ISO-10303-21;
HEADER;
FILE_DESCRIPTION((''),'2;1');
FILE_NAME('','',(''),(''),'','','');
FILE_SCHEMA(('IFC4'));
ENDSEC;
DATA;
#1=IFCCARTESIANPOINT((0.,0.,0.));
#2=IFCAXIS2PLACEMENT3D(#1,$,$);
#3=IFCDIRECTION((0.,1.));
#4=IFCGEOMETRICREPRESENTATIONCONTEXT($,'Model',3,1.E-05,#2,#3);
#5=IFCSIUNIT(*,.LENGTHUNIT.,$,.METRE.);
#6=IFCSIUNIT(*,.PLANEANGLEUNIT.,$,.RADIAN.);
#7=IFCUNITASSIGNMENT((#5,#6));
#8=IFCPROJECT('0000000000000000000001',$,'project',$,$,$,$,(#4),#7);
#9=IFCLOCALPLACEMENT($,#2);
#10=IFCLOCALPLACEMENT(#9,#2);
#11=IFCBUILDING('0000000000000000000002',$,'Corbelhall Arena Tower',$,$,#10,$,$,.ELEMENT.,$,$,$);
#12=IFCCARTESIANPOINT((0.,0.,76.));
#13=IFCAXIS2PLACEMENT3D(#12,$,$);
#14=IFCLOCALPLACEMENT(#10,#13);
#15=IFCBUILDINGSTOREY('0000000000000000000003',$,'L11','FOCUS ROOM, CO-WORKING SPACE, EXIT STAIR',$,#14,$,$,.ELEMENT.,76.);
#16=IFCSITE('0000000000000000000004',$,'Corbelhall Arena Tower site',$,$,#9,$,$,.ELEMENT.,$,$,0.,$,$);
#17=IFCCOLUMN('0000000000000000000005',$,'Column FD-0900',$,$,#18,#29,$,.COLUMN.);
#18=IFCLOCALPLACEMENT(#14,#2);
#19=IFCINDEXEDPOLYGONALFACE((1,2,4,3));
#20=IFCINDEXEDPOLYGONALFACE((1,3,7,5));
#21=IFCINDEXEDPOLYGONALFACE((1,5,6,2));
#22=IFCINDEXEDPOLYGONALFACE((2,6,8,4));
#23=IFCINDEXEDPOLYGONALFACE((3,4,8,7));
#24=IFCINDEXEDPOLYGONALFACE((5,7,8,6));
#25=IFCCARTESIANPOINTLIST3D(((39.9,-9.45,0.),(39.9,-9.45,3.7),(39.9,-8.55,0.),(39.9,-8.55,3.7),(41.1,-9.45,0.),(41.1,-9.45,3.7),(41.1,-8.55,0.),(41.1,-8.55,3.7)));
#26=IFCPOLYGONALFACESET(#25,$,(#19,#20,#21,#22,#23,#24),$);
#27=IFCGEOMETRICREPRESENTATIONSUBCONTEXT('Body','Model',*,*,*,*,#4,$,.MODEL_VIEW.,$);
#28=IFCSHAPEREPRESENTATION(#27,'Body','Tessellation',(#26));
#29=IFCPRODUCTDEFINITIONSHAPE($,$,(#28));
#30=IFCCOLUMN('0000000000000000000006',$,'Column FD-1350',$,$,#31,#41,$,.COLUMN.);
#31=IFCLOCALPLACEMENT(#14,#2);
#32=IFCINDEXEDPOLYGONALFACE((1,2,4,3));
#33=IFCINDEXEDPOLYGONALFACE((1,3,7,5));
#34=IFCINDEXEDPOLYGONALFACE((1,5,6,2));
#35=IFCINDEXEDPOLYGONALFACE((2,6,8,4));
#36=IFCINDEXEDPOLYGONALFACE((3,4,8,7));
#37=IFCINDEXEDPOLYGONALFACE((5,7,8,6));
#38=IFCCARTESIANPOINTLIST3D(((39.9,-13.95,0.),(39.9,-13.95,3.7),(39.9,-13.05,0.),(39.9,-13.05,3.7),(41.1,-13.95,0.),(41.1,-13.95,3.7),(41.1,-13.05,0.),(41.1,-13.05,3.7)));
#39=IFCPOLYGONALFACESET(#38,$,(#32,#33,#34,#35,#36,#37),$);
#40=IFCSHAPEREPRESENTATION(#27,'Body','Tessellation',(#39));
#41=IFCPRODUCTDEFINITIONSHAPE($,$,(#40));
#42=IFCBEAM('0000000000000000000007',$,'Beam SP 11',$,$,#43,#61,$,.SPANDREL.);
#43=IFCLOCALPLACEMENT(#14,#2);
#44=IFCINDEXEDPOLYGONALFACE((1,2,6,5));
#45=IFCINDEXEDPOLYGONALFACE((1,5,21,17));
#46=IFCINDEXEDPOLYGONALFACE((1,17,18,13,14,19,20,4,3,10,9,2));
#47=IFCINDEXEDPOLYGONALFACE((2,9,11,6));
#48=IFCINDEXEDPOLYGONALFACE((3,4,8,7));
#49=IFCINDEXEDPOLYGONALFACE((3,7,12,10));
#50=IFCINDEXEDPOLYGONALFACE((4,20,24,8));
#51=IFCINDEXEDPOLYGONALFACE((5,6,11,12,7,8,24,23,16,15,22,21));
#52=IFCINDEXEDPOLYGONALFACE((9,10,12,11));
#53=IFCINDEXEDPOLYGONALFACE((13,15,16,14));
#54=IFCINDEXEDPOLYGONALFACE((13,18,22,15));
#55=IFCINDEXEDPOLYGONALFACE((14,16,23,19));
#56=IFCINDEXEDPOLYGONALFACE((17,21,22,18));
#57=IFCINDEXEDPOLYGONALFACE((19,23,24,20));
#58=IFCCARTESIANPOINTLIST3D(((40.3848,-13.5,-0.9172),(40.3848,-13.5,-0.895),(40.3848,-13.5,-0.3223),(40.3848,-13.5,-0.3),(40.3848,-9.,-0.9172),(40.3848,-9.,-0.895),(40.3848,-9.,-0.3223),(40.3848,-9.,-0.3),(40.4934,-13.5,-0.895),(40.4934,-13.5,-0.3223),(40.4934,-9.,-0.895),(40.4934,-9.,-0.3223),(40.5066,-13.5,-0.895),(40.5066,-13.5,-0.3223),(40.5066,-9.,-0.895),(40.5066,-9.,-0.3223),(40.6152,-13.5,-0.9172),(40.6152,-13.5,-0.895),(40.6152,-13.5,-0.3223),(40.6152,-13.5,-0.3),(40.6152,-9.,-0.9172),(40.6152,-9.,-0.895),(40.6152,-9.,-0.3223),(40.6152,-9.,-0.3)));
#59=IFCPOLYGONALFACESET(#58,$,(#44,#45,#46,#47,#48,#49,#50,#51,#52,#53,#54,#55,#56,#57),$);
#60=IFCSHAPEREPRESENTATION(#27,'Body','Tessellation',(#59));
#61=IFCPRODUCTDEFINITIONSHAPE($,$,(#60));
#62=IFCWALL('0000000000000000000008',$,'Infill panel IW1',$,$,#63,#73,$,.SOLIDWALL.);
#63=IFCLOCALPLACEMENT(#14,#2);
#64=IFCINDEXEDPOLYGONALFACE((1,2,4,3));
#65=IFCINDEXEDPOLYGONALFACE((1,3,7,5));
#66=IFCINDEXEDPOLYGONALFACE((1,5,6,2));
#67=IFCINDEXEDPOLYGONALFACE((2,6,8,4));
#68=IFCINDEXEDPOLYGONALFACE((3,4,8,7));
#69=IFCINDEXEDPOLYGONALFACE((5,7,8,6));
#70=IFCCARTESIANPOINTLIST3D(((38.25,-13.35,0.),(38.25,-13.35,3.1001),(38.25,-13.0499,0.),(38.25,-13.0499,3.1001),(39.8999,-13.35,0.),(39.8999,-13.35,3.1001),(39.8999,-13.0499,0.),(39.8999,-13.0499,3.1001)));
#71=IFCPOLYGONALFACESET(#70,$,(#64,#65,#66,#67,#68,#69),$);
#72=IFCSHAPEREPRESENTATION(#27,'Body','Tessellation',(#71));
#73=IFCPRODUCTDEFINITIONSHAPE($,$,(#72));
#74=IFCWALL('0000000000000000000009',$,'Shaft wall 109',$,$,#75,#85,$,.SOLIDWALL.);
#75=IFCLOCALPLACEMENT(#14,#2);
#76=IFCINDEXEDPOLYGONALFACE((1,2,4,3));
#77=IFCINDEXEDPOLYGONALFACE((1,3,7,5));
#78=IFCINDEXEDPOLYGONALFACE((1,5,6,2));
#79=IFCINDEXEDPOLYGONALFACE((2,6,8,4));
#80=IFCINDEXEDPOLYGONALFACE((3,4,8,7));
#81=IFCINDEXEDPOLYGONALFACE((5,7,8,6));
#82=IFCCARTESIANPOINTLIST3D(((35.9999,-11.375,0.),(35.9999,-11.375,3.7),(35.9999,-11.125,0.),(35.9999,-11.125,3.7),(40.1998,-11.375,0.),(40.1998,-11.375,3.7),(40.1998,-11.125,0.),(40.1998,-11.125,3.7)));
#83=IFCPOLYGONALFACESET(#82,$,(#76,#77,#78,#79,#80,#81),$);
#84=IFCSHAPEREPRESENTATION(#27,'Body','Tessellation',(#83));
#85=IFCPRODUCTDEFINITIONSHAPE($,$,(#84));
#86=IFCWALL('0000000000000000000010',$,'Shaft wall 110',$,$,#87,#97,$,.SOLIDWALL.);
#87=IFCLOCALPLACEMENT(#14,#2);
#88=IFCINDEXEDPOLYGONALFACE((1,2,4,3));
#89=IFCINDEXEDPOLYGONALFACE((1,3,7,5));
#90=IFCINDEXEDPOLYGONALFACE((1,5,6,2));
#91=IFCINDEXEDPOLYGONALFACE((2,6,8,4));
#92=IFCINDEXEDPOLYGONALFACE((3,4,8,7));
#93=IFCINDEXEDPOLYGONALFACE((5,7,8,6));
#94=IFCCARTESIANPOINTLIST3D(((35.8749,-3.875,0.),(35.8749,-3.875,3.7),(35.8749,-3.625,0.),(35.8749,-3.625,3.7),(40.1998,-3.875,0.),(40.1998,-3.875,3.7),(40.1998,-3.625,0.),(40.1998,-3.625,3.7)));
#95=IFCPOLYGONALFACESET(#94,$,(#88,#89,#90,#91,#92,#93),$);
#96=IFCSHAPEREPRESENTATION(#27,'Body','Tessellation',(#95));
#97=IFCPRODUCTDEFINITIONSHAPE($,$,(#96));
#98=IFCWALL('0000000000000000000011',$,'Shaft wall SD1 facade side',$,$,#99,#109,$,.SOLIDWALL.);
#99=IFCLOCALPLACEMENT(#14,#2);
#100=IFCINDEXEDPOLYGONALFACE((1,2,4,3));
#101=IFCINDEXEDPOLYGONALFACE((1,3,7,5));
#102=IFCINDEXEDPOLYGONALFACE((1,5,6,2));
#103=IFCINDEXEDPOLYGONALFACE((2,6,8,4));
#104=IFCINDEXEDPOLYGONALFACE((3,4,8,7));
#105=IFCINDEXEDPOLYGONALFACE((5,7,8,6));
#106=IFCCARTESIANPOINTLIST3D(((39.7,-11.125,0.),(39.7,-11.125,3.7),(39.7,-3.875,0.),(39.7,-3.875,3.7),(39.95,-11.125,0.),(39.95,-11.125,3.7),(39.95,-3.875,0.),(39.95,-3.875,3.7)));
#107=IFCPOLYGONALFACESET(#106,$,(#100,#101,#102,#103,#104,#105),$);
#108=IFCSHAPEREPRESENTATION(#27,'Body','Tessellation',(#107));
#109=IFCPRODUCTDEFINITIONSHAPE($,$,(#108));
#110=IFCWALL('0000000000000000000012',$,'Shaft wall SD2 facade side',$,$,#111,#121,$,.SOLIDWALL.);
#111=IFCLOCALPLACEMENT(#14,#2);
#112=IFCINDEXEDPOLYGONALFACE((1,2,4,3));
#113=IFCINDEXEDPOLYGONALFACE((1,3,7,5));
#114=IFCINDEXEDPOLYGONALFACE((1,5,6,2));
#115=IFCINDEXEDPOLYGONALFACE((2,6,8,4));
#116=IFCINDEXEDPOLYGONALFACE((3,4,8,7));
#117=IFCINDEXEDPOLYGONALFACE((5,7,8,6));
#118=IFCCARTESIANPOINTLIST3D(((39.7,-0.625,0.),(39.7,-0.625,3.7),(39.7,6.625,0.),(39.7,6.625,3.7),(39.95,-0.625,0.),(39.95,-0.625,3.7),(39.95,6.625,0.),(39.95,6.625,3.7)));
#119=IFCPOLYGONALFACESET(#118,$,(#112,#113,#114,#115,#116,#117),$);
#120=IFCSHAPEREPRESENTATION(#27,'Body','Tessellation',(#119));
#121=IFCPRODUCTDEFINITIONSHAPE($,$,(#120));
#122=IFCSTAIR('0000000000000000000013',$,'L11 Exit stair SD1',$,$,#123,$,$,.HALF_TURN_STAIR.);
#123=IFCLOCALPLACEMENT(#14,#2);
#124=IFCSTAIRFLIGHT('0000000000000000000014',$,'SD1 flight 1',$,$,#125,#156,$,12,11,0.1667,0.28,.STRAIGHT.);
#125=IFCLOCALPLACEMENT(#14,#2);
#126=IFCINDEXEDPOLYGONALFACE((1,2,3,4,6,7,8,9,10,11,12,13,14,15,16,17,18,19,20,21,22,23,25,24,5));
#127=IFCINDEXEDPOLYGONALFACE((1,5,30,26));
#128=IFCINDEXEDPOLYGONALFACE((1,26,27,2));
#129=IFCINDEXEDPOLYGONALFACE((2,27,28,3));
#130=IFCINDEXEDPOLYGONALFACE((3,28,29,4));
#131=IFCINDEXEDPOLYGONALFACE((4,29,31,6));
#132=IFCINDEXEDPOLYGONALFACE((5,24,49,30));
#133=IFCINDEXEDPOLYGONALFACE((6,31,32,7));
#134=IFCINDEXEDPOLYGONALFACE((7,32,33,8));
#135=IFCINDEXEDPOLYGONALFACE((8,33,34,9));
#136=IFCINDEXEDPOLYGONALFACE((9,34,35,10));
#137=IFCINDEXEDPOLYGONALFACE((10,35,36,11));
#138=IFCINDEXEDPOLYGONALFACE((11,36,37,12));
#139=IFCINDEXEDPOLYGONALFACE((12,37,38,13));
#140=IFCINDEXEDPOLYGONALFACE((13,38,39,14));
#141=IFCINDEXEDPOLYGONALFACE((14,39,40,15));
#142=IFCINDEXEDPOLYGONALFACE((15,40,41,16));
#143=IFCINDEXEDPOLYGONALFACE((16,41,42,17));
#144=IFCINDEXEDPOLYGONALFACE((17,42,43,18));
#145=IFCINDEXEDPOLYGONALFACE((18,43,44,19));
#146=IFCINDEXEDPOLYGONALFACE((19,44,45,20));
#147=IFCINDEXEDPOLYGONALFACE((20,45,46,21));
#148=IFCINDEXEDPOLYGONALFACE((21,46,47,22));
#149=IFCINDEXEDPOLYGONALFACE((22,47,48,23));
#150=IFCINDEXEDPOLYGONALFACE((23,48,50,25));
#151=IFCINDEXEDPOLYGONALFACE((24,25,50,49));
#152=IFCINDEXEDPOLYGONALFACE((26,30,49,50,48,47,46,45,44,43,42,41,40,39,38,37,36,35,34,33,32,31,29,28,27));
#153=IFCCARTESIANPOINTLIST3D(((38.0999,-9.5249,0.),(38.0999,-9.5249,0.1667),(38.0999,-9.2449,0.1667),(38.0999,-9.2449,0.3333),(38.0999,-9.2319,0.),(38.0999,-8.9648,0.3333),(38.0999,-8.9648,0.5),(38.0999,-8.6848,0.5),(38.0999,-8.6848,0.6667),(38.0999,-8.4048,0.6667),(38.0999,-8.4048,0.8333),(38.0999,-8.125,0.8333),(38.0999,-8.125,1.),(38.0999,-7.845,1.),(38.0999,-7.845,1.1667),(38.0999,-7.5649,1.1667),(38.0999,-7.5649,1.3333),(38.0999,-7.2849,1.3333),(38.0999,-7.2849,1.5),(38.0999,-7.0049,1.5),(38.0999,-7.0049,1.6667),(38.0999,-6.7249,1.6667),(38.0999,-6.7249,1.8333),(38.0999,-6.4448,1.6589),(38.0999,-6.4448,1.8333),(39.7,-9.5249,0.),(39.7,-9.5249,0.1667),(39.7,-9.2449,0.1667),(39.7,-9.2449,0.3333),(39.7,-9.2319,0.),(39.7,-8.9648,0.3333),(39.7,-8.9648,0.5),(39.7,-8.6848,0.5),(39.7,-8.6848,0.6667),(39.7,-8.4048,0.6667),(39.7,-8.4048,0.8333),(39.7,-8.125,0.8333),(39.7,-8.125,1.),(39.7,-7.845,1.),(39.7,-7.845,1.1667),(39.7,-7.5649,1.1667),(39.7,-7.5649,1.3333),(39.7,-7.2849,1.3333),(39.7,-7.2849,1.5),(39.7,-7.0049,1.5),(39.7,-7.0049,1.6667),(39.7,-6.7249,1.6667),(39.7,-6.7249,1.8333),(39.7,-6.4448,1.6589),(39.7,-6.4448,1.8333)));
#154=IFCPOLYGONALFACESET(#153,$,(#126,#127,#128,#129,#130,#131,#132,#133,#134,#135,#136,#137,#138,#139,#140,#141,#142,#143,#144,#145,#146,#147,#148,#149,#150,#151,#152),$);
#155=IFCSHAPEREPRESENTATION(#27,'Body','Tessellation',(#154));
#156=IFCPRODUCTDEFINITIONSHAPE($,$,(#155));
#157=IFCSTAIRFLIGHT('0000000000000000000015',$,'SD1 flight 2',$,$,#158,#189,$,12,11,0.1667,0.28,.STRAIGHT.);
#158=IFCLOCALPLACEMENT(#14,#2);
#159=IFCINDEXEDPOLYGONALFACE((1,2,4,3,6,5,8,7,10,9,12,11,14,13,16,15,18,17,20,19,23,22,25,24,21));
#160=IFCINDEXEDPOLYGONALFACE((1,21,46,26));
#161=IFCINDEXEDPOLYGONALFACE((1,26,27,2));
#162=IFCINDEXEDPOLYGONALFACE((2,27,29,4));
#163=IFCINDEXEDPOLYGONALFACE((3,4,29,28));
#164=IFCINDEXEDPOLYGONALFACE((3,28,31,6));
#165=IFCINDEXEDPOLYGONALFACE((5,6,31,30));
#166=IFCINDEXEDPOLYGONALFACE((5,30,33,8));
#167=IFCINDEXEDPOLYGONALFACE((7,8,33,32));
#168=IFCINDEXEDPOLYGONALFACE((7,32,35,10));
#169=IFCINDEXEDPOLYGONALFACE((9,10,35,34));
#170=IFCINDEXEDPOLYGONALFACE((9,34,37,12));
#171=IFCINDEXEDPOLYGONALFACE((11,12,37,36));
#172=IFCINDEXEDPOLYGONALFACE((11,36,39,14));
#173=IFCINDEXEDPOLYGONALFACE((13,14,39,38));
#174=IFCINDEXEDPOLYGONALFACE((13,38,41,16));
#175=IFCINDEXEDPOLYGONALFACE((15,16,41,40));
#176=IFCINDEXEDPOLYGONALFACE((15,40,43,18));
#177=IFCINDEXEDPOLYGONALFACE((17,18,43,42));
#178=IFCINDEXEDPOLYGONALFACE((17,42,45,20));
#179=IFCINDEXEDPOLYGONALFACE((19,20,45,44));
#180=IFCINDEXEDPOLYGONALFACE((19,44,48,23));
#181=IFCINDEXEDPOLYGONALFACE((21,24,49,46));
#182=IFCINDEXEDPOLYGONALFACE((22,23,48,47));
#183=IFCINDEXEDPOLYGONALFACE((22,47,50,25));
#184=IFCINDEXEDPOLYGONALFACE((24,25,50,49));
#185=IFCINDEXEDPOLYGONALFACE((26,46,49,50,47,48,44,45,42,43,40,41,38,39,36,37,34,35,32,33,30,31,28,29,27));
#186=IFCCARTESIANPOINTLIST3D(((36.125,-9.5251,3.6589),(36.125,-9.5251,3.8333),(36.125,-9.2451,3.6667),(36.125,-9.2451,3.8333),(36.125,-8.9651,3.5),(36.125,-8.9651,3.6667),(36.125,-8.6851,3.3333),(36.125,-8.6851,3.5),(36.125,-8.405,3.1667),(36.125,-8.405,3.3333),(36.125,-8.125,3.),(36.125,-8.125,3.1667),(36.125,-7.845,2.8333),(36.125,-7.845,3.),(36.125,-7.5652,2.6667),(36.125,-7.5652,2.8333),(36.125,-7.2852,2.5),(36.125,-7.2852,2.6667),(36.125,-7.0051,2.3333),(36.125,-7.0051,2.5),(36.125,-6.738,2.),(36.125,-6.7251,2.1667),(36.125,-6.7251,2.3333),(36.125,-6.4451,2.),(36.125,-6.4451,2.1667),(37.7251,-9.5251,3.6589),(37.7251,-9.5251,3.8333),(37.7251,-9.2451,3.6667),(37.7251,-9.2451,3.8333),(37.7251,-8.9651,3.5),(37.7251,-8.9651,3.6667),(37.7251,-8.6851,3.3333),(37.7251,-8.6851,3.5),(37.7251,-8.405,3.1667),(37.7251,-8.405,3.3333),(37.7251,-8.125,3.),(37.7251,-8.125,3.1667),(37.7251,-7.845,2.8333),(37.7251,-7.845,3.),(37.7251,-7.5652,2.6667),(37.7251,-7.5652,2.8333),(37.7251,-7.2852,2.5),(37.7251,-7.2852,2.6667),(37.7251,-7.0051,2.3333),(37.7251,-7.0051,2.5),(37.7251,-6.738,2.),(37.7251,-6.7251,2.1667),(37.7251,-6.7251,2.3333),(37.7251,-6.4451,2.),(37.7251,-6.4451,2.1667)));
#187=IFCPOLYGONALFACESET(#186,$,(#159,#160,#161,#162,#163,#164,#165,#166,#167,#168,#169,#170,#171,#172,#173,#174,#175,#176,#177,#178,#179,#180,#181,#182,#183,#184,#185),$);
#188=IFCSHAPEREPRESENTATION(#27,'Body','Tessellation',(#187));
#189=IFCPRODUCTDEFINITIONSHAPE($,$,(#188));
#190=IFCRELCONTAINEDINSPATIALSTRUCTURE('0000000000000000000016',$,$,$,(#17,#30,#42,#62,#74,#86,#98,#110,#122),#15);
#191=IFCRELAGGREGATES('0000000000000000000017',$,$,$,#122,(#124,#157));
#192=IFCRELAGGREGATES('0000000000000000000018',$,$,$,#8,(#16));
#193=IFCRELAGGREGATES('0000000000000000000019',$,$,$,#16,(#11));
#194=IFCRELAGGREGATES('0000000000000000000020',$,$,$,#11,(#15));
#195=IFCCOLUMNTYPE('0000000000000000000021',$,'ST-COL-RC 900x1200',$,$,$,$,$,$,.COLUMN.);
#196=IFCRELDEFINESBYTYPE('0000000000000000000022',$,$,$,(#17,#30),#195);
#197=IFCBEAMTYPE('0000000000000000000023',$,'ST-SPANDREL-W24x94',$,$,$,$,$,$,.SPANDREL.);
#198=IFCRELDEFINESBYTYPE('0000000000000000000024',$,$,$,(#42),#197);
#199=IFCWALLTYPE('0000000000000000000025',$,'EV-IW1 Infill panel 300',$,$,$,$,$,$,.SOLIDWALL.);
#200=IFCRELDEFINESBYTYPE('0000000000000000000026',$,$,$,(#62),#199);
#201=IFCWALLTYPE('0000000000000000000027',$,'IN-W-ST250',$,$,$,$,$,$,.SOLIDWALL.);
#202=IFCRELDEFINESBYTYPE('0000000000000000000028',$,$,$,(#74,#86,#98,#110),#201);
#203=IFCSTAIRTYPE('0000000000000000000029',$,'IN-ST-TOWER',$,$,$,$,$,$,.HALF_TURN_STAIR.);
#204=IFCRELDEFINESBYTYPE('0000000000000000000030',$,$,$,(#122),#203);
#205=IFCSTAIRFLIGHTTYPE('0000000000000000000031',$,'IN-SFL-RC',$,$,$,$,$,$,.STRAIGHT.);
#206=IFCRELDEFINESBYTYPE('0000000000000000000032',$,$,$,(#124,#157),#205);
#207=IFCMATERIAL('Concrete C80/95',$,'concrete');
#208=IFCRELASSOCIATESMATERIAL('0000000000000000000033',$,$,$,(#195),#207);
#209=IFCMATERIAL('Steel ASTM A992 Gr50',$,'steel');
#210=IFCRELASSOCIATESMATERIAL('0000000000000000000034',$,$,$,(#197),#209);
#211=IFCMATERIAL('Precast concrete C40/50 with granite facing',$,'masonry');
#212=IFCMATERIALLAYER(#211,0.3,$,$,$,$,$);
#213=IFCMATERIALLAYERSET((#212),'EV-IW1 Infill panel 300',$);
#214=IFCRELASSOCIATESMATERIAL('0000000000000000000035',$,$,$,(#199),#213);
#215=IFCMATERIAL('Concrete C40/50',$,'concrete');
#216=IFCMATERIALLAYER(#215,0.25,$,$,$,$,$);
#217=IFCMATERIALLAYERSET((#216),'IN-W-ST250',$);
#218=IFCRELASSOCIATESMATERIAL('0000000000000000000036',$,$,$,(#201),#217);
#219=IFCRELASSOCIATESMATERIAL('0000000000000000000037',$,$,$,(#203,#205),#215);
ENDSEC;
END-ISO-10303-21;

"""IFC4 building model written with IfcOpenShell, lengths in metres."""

from ifc_helpers import new_model, si_unit, direction, frame, frame_2d, origin, origin_2d, place, context, subcontext, project, spatial, polyline, rectangle, i_section, outline, extrude, material, layer, layer_set, material_profile, profile_set, type_object, element, aggregate, save


model = new_model("IFC4")

# Units and contexts
model_context = context("Model", 3, precision=1e-05, world=origin(), true_north=direction((0.0, 1.0)))
body_context = subcontext(model_context, "Body", "Model", "MODEL_VIEW")
ifc_project = project(units=[si_unit("LENGTHUNIT", "METRE"), si_unit("PLANEANGLEUNIT", "RADIAN")], contexts=[model_context])

# Site, building, storey
site_placement = place(None, origin())
site = spatial("IfcSite", under=ifc_project, at=site_placement, Name="Corbelhall Arena Tower site", CompositionType="ELEMENT", RefElevation=0.0)
building_placement = place(site_placement, origin())
building = spatial("IfcBuilding", under=site, at=building_placement, Name="Corbelhall Arena Tower", CompositionType="ELEMENT")
storey_placement = place(building_placement, frame((0.0, 0.0, 76.0)))
storey = spatial("IfcBuildingStorey", under=building, at=storey_placement, Name="L11", Description="FOCUS ROOM, CO-WORKING SPACE, EXIT STAIR", CompositionType="ELEMENT", Elevation=76.0)

# Columns
ifc_material_1 = material(Name="Concrete C80/95", Category="concrete")
ifc_material_profile_1 = material_profile(ifc_material_1, rectangle(XDim=0.8999, YDim=1.2, at=origin_2d()))
ifc_profile_set_1 = profile_set([ifc_material_profile_1], Name="Concrete C80/95")
column_type = type_object("IfcColumnType", Name="ST-COL-RC 900x1200", PredefinedType="COLUMN", material=ifc_profile_set_1)
for number, where, z_axis, x_axis, name in (
    (1, (40.5, -9.0, 0.0), (0.0, 0.0, 1.0), (0.0, 1.0, 0.0), "Column FD-0900"),
    (2, (40.5, -13.5, 0.0), (0.0, 0.0, 1.0), (0.0, 1.0, 0.0), "Column FD-1350"),
):
    element("IfcColumn", number, at=place(storey_placement, frame(where, z_axis=z_axis, x_axis=x_axis)), inside=storey, type_object=column_type, Name=name, PredefinedType="COLUMN", context=body_context, shape_type="SweptSolid", body=[
        extrude(rectangle(XDim=0.8999, YDim=1.2, at=origin_2d()), origin(), (0.0, 0.0, 1.0), 3.7),
    ])

# Beam
ifc_material_2 = material(Name="Steel ASTM A992 Gr50", Category="steel")
ifc_material_profile_2 = material_profile(ifc_material_2, i_section(OverallWidth=0.2305, OverallDepth=0.6172, WebThickness=0.0132, FlangeThickness=0.0222, at=origin_2d()))
ifc_profile_set_2 = profile_set([ifc_material_profile_2], Name="Steel ASTM A992 Gr50")
beam_type = type_object("IfcBeamType", Name="ST-SPANDREL-W24x94", PredefinedType="SPANDREL", material=ifc_profile_set_2)
beam_placement = place(storey_placement, frame((40.5, -9.0, -0.6086), z_axis=(0.0, -1.0, 0.0), x_axis=(1.0, 0.0, 0.0)))
element("IfcBeam", 3, at=beam_placement, inside=storey, type_object=beam_type, Name="Beam SP 11", PredefinedType="SPANDREL", context=body_context, shape_type="SweptSolid", body=[
    extrude(i_section(OverallWidth=0.2305, OverallDepth=0.6172, WebThickness=0.0132, FlangeThickness=0.0222, at=origin_2d()), origin(), (0.0, 0.0, 1.0), 4.5),
])

# Wall
ifc_material_3 = material(Name="Precast concrete C40/50 with granite facing", Category="masonry")
ifc_layer_1 = layer(ifc_material_3, 0.3)
ifc_layer_set_1 = layer_set([ifc_layer_1], Name="EV-IW1 Infill panel 300")
wall_type_1 = type_object("IfcWallType", Name="EV-IW1 Infill panel 300", PredefinedType="SOLIDWALL", material=ifc_layer_set_1)
wall_1_placement = place(storey_placement, frame((39.8999, -13.2, 0.0), z_axis=(0.0, 0.0, 1.0), x_axis=(-1.0, 0.0, 0.0)))
element("IfcWall", 4, at=wall_1_placement, inside=storey, type_object=wall_type_1, Name="Infill panel IW1", PredefinedType="SOLIDWALL", context=body_context, shape_type="SweptSolid", body=[
    extrude(rectangle(XDim=1.6499, YDim=0.3, at=frame_2d((0.825, 0.0))), origin(), (0.0, 0.0, 1.0), 3.1001),
])

# Walls
ifc_material_4 = material(Name="Concrete C40/50", Category="concrete")
ifc_layer_2 = layer(ifc_material_4, 0.25)
ifc_layer_set_2 = layer_set([ifc_layer_2], Name="IN-W-ST250")
wall_type_2 = type_object("IfcWallType", Name="IN-W-ST250", PredefinedType="SOLIDWALL", material=ifc_layer_set_2)
wall_2_placement = place(storey_placement, frame((40.2, -11.25, 0.0), z_axis=(0.0, 0.0, 1.0), x_axis=(-1.0, 0.0, 0.0)))
element("IfcWall", 5, at=wall_2_placement, inside=storey, type_object=wall_type_2, Name="Shaft wall 109", PredefinedType="SOLIDWALL", context=body_context, shape_type="SweptSolid", body=[
    extrude(rectangle(XDim=4.2, YDim=0.25, at=frame_2d((2.1001, 0.0))), origin(), (0.0, 0.0, 1.0), 3.7),
])
wall_3_placement = place(storey_placement, frame((40.2, -3.75, 0.0), z_axis=(0.0, 0.0, 1.0), x_axis=(-1.0, 0.0, 0.0)))
element("IfcWall", 6, at=wall_3_placement, inside=storey, type_object=wall_type_2, Name="Shaft wall 110", PredefinedType="SOLIDWALL", context=body_context, shape_type="SweptSolid", body=[
    extrude(rectangle(XDim=4.325, YDim=0.25, at=frame_2d((2.1626, 0.0))), origin(), (0.0, 0.0, 1.0), 3.7),
])
for number, where, z_axis, x_axis, name in (
    (7, (39.825, -11.125, 0.0), (0.0, 0.0, 1.0), (0.0, 1.0, 0.0), "Shaft wall SD1 facade side"),
    (8, (39.825, -0.625, 0.0), (0.0, 0.0, 1.0), (0.0, 1.0, 0.0), "Shaft wall SD2 facade side"),
):
    element("IfcWall", number, at=place(storey_placement, frame(where, z_axis=z_axis, x_axis=x_axis)), inside=storey, type_object=wall_type_2, Name=name, PredefinedType="SOLIDWALL", context=body_context, shape_type="SweptSolid", body=[
        extrude(rectangle(XDim=7.25, YDim=0.25, at=frame_2d((3.625, 0.0))), origin(), (0.0, 0.0, 1.0), 3.7),
    ])

# Stair, stair flights
stair_type = type_object("IfcStairType", Name="IN-ST-TOWER", PredefinedType="HALF_TURN_STAIR", material=ifc_material_4)
stair_placement = place(storey_placement, origin())
stair = element("IfcStair", 9, at=stair_placement, inside=storey, type_object=stair_type, Name="L11 Exit stair SD1", PredefinedType="HALF_TURN_STAIR")
stair_flight_type = type_object("IfcStairFlightType", Name="IN-SFL-RC", PredefinedType="STRAIGHT", material=ifc_material_4)
stair_flight_1_placement = place(storey_placement, frame((38.8999, -9.5249, 0.0), z_axis=(0.0, 0.0, 1.0), x_axis=(0.0, 1.0, 0.0)))
stair_flight_1 = element("IfcStairFlight", 10, at=stair_flight_1_placement, type_object=stair_flight_type, Name="SD1 flight 1", NumberOfRisers=12, NumberOfTreads=11, PredefinedType="STRAIGHT", RiserHeight=0.1667, TreadLength=0.28, context=body_context, shape_type="SweptSolid", body=[
    extrude(outline(polyline([(0.0, 0.0), (0.0, 0.1667), (0.28, 0.1667), (0.28, 0.3333), (0.5601, 0.3333), (0.5601, 0.5), (0.8401, 0.5), (0.8401, 0.6667), (1.1201, 0.6667), (1.1201, 0.8333), (1.3999, 0.8333), (1.3999, 1.0), (1.6799, 1.0), (1.6799, 1.1667), (1.96, 1.1667), (1.96, 1.3333), (2.24, 1.3333), (2.24, 1.5), (2.52, 1.5), (2.52, 1.6667), (2.8, 1.6667), (2.8, 1.8333), (3.0801, 1.8333), (3.0801, 2.0), (3.0801, 1.6589), (0.293, 0.0), (0.0, 0.0)])), frame((0.0, 0.8, 0.0), z_axis=(0.0, -1.0, 0.0), x_axis=(1.0, 0.0, 0.0)), (0.0, 0.0, 1.0), 1.6001),
])
stair_flight_2_placement = place(storey_placement, frame((36.925, -6.4451, 2.0), z_axis=(0.0, 0.0, 1.0), x_axis=(0.0, -1.0, 0.0)))
stair_flight_2 = element("IfcStairFlight", 11, at=stair_flight_2_placement, type_object=stair_flight_type, Name="SD1 flight 2", NumberOfRisers=12, NumberOfTreads=11, PredefinedType="STRAIGHT", RiserHeight=0.1667, TreadLength=0.28, context=body_context, shape_type="SweptSolid", body=[
    extrude(outline(polyline([(0.0, 0.0), (0.0, 0.1667), (0.28, 0.1667), (0.28, 0.3333), (0.5601, 0.3333), (0.5601, 0.5), (0.8401, 0.5), (0.8401, 0.6667), (1.1201, 0.6667), (1.1201, 0.8333), (1.3999, 0.8333), (1.3999, 1.0), (1.6799, 1.0), (1.6799, 1.1667), (1.96, 1.1667), (1.96, 1.3333), (2.24, 1.3333), (2.24, 1.5), (2.52, 1.5), (2.52, 1.6667), (2.8, 1.6667), (2.8, 1.8333), (3.0801, 1.8333), (3.0801, 2.0), (3.0801, 1.6589), (0.293, 0.0), (0.0, 0.0)])), frame((0.0, 0.8, 0.0), z_axis=(0.0, -1.0, 0.0), x_axis=(1.0, 0.0, 0.0)), (0.0, 0.0, 1.0), 1.6001),
])
aggregate(stair, [stair_flight_1, stair_flight_2])

save(model, "model.ifc")
